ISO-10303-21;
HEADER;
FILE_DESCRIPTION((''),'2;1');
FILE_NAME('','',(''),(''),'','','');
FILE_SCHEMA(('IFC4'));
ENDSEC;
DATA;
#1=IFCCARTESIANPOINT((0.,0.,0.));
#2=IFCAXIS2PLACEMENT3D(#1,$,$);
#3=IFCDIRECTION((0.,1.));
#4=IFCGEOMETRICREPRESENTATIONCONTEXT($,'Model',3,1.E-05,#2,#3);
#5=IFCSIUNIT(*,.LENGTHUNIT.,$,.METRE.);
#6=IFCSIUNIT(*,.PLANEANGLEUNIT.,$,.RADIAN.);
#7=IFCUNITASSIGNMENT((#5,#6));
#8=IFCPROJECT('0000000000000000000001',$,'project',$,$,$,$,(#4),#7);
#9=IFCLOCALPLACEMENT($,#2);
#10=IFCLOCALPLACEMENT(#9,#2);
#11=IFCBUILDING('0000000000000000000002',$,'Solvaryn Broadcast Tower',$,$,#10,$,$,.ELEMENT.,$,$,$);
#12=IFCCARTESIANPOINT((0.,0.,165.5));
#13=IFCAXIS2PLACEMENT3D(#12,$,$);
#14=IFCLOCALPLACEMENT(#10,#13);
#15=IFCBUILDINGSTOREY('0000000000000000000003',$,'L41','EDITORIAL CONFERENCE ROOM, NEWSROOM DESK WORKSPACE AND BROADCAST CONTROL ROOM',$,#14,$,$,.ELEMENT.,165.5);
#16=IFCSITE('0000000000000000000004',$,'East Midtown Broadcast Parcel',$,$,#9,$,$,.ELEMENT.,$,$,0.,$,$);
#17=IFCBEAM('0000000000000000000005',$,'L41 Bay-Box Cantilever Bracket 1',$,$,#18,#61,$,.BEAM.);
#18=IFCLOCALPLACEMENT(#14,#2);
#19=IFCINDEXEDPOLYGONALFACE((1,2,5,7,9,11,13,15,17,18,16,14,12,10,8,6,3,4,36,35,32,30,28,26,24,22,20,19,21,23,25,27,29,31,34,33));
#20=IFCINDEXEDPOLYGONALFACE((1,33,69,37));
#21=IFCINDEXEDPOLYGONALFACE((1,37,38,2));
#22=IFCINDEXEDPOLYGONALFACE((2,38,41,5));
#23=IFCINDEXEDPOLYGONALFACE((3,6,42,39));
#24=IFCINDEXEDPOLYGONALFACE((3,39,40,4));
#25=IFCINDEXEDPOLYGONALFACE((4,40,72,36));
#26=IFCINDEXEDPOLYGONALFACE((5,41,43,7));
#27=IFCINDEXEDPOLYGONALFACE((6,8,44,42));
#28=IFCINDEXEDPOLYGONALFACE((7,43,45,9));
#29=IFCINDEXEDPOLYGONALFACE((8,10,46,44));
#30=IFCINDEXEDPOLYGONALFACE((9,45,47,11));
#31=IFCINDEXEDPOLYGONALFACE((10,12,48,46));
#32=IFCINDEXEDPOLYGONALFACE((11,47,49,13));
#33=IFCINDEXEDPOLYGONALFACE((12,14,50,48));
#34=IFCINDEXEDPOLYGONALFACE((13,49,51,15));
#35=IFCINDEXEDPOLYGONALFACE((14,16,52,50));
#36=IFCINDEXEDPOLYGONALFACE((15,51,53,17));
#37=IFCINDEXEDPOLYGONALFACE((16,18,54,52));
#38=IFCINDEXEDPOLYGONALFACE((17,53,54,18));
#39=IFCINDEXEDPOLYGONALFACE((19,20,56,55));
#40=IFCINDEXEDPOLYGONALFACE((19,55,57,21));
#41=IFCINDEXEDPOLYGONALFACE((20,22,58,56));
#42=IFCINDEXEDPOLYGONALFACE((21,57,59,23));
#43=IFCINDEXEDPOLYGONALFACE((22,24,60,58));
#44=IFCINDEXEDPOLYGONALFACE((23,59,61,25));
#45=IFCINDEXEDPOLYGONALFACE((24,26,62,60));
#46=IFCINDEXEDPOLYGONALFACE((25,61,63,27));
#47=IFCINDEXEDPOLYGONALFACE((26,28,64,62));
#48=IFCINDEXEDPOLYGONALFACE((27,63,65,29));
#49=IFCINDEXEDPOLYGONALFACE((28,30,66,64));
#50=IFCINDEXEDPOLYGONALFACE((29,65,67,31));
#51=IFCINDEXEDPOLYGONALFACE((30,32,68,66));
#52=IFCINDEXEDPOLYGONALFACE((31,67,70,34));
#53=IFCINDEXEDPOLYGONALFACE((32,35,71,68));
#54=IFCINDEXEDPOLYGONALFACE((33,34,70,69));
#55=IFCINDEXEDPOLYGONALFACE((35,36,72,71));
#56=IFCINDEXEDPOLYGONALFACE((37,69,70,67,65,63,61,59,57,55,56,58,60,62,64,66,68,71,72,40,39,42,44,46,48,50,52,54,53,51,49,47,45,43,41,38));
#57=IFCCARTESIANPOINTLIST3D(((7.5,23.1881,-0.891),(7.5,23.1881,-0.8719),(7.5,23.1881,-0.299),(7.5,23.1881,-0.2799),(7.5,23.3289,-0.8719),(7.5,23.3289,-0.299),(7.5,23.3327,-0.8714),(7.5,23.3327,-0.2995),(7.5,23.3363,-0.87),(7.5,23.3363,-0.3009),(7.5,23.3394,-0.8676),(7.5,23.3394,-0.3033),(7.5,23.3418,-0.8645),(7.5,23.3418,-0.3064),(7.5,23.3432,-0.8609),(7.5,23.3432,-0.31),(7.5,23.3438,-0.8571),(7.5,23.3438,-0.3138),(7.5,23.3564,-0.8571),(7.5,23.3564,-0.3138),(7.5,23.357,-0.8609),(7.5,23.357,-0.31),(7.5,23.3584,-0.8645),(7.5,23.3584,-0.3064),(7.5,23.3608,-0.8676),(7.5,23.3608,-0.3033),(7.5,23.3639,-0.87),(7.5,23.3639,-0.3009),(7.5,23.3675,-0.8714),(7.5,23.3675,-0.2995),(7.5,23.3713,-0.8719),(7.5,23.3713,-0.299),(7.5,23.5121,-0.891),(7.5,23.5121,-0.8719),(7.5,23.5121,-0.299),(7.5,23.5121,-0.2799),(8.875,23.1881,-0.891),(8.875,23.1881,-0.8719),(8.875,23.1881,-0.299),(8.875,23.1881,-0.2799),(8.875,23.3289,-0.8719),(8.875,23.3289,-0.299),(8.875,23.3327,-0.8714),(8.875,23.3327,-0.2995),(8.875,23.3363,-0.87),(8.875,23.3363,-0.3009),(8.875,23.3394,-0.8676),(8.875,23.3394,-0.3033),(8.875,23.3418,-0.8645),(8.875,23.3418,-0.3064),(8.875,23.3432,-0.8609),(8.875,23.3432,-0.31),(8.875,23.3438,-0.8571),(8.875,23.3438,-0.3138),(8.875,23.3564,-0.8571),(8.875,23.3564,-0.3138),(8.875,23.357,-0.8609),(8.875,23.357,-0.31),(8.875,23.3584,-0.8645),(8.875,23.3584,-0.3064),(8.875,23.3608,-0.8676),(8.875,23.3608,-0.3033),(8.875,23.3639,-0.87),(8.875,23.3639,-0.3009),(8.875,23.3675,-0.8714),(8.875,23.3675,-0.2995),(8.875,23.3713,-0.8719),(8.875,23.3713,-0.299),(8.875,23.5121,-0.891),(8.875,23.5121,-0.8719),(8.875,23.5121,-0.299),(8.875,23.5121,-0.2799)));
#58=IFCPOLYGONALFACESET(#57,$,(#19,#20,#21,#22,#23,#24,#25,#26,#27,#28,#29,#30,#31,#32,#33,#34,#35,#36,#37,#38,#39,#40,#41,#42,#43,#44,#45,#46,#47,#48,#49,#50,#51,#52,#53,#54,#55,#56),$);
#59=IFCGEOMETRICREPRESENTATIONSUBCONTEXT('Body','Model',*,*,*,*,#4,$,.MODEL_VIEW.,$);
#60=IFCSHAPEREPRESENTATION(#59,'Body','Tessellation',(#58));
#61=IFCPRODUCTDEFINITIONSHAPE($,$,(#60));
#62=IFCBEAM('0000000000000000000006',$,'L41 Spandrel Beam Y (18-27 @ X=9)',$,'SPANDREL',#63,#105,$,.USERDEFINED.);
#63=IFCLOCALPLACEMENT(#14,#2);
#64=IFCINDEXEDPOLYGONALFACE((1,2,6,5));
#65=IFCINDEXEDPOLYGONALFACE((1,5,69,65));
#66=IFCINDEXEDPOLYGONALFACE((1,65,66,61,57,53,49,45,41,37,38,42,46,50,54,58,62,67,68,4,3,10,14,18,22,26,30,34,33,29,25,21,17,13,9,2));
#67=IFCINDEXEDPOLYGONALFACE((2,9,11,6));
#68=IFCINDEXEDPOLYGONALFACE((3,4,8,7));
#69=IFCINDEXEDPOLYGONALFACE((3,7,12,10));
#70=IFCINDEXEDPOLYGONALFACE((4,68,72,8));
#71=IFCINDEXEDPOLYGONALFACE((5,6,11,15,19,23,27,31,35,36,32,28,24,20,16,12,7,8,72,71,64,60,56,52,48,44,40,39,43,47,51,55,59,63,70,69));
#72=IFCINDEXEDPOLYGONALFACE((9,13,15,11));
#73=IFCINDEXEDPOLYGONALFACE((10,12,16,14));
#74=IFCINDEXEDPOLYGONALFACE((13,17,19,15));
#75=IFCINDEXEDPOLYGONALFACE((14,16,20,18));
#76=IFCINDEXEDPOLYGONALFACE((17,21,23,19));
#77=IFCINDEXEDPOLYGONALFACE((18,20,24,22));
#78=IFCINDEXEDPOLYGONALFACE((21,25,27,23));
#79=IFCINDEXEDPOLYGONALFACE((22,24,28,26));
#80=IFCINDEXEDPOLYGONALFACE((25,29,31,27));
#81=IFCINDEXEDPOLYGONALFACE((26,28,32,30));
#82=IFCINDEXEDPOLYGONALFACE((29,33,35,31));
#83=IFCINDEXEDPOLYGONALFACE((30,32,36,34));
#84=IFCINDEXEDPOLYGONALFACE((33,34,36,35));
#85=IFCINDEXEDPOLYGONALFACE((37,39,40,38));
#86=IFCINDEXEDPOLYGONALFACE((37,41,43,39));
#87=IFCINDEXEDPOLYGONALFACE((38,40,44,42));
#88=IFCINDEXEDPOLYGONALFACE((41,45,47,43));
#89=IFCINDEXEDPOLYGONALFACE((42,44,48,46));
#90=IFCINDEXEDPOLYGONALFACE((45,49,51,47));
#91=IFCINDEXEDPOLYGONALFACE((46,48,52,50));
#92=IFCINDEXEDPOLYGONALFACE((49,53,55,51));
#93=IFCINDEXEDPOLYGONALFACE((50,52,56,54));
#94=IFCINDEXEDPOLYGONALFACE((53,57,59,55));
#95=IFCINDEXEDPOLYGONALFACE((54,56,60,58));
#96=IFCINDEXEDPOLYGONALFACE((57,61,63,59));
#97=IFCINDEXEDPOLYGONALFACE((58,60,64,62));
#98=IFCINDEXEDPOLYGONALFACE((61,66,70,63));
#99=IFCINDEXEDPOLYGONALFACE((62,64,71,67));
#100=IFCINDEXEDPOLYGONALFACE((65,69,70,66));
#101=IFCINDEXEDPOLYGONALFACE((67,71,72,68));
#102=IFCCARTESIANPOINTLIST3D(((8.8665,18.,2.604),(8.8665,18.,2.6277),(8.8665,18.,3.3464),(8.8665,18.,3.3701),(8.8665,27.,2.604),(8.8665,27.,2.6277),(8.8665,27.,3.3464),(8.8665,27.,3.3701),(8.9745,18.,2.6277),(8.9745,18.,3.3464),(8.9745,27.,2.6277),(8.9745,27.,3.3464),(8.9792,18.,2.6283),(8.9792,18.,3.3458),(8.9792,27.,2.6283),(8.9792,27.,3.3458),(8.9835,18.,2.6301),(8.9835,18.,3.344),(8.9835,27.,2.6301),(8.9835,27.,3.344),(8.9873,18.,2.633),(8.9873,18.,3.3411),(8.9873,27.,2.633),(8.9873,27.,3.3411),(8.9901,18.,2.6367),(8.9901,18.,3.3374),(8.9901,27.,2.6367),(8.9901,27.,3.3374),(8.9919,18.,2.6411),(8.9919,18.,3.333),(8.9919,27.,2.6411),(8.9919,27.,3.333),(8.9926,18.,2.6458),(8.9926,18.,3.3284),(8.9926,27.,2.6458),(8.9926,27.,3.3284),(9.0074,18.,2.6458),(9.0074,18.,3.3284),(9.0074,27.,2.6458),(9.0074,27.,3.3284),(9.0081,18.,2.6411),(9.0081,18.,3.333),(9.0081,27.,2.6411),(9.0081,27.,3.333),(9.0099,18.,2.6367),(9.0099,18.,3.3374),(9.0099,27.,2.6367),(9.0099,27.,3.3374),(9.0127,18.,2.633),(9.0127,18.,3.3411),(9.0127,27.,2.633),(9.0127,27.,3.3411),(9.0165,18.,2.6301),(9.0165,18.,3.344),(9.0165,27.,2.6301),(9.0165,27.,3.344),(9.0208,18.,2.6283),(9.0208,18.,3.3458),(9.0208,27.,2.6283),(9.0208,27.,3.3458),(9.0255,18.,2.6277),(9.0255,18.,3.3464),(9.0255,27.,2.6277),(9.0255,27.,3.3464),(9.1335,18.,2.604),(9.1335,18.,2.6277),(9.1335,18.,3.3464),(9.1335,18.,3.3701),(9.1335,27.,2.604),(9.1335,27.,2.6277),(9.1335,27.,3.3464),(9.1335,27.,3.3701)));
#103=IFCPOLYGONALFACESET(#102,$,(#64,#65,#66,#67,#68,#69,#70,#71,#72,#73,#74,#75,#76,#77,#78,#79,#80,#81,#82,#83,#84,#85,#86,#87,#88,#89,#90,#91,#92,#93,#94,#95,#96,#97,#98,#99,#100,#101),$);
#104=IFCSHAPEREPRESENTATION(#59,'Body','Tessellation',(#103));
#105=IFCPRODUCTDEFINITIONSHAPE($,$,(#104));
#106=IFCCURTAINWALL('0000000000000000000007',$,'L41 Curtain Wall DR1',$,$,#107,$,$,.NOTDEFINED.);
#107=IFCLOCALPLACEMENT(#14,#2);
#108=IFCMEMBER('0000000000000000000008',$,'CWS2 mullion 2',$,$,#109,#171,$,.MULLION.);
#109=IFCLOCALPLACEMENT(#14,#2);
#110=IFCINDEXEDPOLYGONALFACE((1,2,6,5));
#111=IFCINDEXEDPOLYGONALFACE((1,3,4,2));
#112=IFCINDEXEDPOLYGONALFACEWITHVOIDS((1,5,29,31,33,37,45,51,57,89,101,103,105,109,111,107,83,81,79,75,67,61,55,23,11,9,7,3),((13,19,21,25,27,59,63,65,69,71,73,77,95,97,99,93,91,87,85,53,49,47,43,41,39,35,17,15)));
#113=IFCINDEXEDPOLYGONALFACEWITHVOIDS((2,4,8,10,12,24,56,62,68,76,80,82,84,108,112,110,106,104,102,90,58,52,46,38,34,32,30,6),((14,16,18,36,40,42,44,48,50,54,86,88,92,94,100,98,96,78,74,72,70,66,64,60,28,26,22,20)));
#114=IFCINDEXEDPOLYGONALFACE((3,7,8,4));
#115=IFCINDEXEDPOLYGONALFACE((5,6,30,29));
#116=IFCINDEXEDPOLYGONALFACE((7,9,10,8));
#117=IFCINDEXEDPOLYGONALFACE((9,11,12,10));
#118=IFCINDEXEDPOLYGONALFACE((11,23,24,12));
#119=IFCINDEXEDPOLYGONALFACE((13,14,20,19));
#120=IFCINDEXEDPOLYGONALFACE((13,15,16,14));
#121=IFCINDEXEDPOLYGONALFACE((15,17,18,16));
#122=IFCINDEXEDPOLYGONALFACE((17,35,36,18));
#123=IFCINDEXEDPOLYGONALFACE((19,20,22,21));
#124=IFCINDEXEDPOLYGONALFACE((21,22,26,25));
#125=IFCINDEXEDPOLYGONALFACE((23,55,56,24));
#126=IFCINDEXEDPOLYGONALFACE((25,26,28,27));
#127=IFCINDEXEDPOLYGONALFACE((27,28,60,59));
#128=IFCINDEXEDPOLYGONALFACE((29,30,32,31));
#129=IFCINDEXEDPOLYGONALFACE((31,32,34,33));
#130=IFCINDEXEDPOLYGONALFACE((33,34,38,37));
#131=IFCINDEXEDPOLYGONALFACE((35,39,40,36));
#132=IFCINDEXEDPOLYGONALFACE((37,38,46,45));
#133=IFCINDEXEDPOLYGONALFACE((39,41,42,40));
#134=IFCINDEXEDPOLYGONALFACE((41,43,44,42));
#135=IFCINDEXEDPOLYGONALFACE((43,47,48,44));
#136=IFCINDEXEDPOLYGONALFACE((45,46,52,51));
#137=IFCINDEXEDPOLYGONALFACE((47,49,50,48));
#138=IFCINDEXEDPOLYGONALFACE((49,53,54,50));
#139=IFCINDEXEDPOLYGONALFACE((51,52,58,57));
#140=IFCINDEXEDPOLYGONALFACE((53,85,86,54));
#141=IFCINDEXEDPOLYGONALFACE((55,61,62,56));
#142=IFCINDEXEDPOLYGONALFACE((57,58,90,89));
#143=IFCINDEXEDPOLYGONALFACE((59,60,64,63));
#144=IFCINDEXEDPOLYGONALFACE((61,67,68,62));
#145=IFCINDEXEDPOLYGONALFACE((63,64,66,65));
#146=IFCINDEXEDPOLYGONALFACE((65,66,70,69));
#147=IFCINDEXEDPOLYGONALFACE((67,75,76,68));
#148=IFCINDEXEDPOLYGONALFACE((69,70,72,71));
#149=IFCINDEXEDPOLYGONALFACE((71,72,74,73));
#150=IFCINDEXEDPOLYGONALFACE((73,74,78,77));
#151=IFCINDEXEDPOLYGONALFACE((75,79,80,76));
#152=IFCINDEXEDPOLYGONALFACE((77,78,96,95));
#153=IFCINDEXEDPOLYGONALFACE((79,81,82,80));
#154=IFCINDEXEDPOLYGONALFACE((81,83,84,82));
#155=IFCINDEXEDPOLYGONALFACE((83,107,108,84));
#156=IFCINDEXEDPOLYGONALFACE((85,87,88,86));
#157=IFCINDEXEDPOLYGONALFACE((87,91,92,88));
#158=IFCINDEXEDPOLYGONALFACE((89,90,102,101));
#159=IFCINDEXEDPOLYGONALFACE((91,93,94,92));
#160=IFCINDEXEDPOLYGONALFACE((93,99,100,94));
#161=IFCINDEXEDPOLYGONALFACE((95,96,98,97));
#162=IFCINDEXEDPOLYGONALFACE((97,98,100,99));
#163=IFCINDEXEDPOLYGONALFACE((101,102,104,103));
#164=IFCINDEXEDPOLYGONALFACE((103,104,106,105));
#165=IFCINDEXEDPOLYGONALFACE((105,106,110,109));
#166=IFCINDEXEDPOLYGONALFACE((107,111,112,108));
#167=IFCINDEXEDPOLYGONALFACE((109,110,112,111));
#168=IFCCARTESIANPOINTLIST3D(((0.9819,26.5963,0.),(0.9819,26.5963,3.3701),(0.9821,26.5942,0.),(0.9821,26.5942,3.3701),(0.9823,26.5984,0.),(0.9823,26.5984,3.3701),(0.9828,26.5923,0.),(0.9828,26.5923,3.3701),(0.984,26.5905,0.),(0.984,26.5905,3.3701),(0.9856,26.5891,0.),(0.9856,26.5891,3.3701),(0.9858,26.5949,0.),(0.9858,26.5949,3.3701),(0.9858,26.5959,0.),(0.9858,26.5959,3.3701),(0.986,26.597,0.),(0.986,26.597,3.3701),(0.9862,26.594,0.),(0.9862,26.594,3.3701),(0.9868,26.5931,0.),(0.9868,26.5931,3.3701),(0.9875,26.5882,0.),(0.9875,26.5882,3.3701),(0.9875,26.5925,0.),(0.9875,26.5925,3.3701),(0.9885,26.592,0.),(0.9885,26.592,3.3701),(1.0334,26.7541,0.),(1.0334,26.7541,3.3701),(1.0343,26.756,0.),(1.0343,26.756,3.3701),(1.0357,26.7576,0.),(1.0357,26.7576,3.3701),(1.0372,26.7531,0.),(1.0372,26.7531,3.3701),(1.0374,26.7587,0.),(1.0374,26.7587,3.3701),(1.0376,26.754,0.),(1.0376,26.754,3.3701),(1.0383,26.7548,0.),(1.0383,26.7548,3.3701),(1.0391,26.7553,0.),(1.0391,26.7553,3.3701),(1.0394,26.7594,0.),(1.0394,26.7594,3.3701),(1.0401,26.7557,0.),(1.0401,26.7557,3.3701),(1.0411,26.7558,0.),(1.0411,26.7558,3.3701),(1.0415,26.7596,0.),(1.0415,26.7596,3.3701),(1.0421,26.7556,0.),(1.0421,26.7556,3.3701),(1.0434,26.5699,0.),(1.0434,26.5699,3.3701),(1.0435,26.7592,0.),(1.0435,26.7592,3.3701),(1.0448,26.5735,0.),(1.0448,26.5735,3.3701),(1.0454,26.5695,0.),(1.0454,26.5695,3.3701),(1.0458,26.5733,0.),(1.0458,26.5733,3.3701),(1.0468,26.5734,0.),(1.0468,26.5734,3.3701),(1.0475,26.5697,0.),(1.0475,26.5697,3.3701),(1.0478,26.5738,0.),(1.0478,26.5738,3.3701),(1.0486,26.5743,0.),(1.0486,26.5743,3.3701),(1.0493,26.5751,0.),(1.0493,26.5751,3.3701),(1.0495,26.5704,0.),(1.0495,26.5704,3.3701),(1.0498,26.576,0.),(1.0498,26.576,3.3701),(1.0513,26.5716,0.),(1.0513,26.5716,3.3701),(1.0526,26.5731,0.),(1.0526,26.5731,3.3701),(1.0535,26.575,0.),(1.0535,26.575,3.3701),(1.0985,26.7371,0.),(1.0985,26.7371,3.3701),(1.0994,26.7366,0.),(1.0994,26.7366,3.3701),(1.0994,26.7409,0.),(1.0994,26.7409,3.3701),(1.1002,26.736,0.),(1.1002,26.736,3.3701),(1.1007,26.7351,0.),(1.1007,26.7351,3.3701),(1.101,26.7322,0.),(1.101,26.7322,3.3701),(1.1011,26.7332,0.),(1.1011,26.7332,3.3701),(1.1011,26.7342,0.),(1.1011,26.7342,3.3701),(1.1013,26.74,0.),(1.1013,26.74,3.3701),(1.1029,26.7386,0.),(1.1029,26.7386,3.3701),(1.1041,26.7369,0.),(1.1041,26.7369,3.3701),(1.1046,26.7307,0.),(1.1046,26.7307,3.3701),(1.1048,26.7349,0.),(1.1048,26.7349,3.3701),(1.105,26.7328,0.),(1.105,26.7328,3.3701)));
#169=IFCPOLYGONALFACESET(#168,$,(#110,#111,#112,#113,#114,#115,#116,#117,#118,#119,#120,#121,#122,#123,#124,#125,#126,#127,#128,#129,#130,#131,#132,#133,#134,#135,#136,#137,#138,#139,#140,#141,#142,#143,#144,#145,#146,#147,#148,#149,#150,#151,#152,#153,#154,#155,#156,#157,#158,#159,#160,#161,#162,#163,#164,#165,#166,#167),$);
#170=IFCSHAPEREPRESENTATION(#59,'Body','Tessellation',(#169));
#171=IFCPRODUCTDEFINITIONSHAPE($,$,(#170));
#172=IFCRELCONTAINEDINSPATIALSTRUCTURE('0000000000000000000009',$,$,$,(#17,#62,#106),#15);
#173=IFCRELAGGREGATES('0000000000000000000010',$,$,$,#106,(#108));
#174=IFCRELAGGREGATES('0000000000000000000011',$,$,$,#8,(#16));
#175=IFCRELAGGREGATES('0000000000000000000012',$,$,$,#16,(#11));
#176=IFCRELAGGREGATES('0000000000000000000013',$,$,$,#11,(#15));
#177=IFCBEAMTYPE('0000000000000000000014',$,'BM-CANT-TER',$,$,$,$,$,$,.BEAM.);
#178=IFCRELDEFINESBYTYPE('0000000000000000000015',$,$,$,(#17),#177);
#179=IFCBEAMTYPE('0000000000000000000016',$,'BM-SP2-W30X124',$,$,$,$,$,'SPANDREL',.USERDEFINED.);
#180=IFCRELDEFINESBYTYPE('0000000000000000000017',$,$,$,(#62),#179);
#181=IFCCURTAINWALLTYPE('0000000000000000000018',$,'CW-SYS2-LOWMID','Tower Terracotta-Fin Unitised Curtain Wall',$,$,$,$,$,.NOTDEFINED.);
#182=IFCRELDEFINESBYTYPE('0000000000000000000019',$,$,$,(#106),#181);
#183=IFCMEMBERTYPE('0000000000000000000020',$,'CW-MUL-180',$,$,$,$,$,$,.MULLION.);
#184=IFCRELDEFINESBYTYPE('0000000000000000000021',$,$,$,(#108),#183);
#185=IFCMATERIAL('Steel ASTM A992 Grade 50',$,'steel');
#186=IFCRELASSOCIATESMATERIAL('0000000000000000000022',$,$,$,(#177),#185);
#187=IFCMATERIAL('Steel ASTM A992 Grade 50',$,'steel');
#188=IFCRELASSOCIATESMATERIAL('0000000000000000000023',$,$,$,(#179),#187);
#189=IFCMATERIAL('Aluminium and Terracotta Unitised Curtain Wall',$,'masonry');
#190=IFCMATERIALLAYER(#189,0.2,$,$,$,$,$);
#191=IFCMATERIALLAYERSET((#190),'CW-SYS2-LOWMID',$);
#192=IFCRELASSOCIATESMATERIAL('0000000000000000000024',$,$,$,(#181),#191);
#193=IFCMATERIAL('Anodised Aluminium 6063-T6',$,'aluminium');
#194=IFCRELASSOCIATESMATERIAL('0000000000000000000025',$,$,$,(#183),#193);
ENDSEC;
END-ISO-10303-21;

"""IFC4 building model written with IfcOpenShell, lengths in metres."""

from ifc_helpers import new_model, si_unit, direction, frame, origin, origin_2d, place, context, subcontext, project, spatial, hollow_rectangle, i_section, extrude, material, layer, layer_set, material_profile, profile_set, type_object, element, aggregate, save


model = new_model("IFC4")

# Units and contexts
model_context = context("Model", 3, precision=1e-05, world=origin(), true_north=direction((0.0, 1.0)))
body_context = subcontext(model_context, "Body", "Model", "MODEL_VIEW")
ifc_project = project(units=[si_unit("LENGTHUNIT", "METRE"), si_unit("PLANEANGLEUNIT", "RADIAN")], contexts=[model_context])

# Site, building, storey
site_placement = place(None, origin())
site = spatial("IfcSite", under=ifc_project, at=site_placement, Name="East Midtown Broadcast Parcel", CompositionType="ELEMENT", RefElevation=0.0)
building_placement = place(site_placement, origin())
building = spatial("IfcBuilding", under=site, at=building_placement, Name="Solvaryn Broadcast Tower", CompositionType="ELEMENT")
storey_placement = place(building_placement, frame((0.0, 0.0, 165.5)))
storey = spatial("IfcBuildingStorey", under=building, at=storey_placement, Name="L41", Description="EDITORIAL CONFERENCE ROOM, NEWSROOM DESK WORKSPACE AND BROADCAST CONTROL ROOM", CompositionType="ELEMENT", Elevation=165.5)

# Beams
ifc_material_1 = material(Name="Steel ASTM A992 Grade 50", Category="steel")
ifc_material_profile_1 = material_profile(ifc_material_1, i_section(OverallWidth=0.324, OverallDepth=0.6111, WebThickness=0.0127, FlangeThickness=0.019, FilletRadius=0.0149, at=origin_2d()))
ifc_profile_set_1 = profile_set([ifc_material_profile_1], Name="Steel ASTM A992 Grade 50")
beam_type_1 = type_object("IfcBeamType", Name="BM-CANT-TER", PredefinedType="BEAM", material=ifc_profile_set_1)
beam_1_placement = place(storey_placement, frame((8.875, 23.3501, -0.5854), z_axis=(-1.0, 0.0, 0.0), x_axis=(0.0, -1.0, 0.0)))
element("IfcBeam", 1, at=beam_1_placement, inside=storey, type_object=beam_type_1, Name="L41 Bay-Box Cantilever Bracket 1", PredefinedType="BEAM", context=body_context, shape_type="SweptSolid", body=[
    extrude(i_section(OverallWidth=0.324, OverallDepth=0.6111, WebThickness=0.0127, FlangeThickness=0.019, FilletRadius=0.0149, at=origin_2d()), origin(), (0.0, 0.0, 1.0), 1.375),
])
ifc_material_2 = material(Name="Steel ASTM A992 Grade 50", Category="steel")
ifc_material_profile_2 = material_profile(ifc_material_2, i_section(OverallWidth=0.2671, OverallDepth=0.7661, WebThickness=0.0149, FlangeThickness=0.0237, FilletRadius=0.0181, at=origin_2d()))
ifc_profile_set_2 = profile_set([ifc_material_profile_2], Name="Steel ASTM A992 Grade 50")
beam_type_2 = type_object("IfcBeamType", Name="BM-SP2-W30X124", ElementType="SPANDREL", PredefinedType="USERDEFINED", material=ifc_profile_set_2)
beam_2_placement = place(storey_placement, frame((9.0, 18.0, 2.9871), z_axis=(0.0, 1.0, 0.0), x_axis=(-1.0, 0.0, 0.0)))
element("IfcBeam", 2, at=beam_2_placement, inside=storey, type_object=beam_type_2, Name="L41 Spandrel Beam Y (18-27 @ X=9)", ObjectType="SPANDREL", PredefinedType="USERDEFINED", context=body_context, shape_type="SweptSolid", body=[
    extrude(i_section(OverallWidth=0.2671, OverallDepth=0.7661, WebThickness=0.0149, FlangeThickness=0.0237, FilletRadius=0.0181, at=origin_2d()), origin(), (0.0, 0.0, 1.0), 9.0),
])

# Curtain wall, member
ifc_material_3 = material(Name="Aluminium and Terracotta Unitised Curtain Wall", Category="masonry")
ifc_layer_1 = layer(ifc_material_3, 0.2)
ifc_layer_set_1 = layer_set([ifc_layer_1], Name="CW-SYS2-LOWMID")
curtain_wall_type = type_object("IfcCurtainWallType", Name="CW-SYS2-LOWMID", Description="Tower Terracotta-Fin Unitised Curtain Wall", PredefinedType="NOTDEFINED", material=ifc_layer_set_1)
curtain_wall_1_placement = place(storey_placement, origin())
curtain_wall_1 = element("IfcCurtainWall", 3, at=curtain_wall_1_placement, inside=storey, type_object=curtain_wall_type, Name="L41 Curtain Wall DR1", PredefinedType="NOTDEFINED")
ifc_material_4 = material(Name="Anodised Aluminium 6063-T6", Category="aluminium")
ifc_material_profile_3 = material_profile(ifc_material_4, hollow_rectangle(XDim=0.075, YDim=0.1799, WallThickness=0.0039, InnerFilletRadius=0.0039, OuterFilletRadius=0.0081, at=origin_2d()))
ifc_profile_set_3 = profile_set([ifc_material_profile_3], Name="Anodised Aluminium 6063-T6")
member_type_1 = type_object("IfcMemberType", Name="CW-MUL-180", PredefinedType="MULLION", material=ifc_profile_set_3)
member_1_placement = place(storey_placement, frame((1.0435, 26.6646, 0.0), z_axis=(0.0, 0.0, 1.0), x_axis=(0.950198, -0.311646, 0.0)))
member_1 = element("IfcMember", 4, at=member_1_placement, type_object=member_type_1, Name="CWS2 mullion 2", PredefinedType="MULLION", context=body_context, shape_type="SweptSolid", body=[
    extrude(hollow_rectangle(XDim=0.075, YDim=0.1799, WallThickness=0.0039, InnerFilletRadius=0.0039, OuterFilletRadius=0.0081, at=origin_2d()), origin(), (0.0, 0.0, 1.0), 3.3701),
])
aggregate(curtain_wall_1, [member_1])

save(model, "model.ifc")
